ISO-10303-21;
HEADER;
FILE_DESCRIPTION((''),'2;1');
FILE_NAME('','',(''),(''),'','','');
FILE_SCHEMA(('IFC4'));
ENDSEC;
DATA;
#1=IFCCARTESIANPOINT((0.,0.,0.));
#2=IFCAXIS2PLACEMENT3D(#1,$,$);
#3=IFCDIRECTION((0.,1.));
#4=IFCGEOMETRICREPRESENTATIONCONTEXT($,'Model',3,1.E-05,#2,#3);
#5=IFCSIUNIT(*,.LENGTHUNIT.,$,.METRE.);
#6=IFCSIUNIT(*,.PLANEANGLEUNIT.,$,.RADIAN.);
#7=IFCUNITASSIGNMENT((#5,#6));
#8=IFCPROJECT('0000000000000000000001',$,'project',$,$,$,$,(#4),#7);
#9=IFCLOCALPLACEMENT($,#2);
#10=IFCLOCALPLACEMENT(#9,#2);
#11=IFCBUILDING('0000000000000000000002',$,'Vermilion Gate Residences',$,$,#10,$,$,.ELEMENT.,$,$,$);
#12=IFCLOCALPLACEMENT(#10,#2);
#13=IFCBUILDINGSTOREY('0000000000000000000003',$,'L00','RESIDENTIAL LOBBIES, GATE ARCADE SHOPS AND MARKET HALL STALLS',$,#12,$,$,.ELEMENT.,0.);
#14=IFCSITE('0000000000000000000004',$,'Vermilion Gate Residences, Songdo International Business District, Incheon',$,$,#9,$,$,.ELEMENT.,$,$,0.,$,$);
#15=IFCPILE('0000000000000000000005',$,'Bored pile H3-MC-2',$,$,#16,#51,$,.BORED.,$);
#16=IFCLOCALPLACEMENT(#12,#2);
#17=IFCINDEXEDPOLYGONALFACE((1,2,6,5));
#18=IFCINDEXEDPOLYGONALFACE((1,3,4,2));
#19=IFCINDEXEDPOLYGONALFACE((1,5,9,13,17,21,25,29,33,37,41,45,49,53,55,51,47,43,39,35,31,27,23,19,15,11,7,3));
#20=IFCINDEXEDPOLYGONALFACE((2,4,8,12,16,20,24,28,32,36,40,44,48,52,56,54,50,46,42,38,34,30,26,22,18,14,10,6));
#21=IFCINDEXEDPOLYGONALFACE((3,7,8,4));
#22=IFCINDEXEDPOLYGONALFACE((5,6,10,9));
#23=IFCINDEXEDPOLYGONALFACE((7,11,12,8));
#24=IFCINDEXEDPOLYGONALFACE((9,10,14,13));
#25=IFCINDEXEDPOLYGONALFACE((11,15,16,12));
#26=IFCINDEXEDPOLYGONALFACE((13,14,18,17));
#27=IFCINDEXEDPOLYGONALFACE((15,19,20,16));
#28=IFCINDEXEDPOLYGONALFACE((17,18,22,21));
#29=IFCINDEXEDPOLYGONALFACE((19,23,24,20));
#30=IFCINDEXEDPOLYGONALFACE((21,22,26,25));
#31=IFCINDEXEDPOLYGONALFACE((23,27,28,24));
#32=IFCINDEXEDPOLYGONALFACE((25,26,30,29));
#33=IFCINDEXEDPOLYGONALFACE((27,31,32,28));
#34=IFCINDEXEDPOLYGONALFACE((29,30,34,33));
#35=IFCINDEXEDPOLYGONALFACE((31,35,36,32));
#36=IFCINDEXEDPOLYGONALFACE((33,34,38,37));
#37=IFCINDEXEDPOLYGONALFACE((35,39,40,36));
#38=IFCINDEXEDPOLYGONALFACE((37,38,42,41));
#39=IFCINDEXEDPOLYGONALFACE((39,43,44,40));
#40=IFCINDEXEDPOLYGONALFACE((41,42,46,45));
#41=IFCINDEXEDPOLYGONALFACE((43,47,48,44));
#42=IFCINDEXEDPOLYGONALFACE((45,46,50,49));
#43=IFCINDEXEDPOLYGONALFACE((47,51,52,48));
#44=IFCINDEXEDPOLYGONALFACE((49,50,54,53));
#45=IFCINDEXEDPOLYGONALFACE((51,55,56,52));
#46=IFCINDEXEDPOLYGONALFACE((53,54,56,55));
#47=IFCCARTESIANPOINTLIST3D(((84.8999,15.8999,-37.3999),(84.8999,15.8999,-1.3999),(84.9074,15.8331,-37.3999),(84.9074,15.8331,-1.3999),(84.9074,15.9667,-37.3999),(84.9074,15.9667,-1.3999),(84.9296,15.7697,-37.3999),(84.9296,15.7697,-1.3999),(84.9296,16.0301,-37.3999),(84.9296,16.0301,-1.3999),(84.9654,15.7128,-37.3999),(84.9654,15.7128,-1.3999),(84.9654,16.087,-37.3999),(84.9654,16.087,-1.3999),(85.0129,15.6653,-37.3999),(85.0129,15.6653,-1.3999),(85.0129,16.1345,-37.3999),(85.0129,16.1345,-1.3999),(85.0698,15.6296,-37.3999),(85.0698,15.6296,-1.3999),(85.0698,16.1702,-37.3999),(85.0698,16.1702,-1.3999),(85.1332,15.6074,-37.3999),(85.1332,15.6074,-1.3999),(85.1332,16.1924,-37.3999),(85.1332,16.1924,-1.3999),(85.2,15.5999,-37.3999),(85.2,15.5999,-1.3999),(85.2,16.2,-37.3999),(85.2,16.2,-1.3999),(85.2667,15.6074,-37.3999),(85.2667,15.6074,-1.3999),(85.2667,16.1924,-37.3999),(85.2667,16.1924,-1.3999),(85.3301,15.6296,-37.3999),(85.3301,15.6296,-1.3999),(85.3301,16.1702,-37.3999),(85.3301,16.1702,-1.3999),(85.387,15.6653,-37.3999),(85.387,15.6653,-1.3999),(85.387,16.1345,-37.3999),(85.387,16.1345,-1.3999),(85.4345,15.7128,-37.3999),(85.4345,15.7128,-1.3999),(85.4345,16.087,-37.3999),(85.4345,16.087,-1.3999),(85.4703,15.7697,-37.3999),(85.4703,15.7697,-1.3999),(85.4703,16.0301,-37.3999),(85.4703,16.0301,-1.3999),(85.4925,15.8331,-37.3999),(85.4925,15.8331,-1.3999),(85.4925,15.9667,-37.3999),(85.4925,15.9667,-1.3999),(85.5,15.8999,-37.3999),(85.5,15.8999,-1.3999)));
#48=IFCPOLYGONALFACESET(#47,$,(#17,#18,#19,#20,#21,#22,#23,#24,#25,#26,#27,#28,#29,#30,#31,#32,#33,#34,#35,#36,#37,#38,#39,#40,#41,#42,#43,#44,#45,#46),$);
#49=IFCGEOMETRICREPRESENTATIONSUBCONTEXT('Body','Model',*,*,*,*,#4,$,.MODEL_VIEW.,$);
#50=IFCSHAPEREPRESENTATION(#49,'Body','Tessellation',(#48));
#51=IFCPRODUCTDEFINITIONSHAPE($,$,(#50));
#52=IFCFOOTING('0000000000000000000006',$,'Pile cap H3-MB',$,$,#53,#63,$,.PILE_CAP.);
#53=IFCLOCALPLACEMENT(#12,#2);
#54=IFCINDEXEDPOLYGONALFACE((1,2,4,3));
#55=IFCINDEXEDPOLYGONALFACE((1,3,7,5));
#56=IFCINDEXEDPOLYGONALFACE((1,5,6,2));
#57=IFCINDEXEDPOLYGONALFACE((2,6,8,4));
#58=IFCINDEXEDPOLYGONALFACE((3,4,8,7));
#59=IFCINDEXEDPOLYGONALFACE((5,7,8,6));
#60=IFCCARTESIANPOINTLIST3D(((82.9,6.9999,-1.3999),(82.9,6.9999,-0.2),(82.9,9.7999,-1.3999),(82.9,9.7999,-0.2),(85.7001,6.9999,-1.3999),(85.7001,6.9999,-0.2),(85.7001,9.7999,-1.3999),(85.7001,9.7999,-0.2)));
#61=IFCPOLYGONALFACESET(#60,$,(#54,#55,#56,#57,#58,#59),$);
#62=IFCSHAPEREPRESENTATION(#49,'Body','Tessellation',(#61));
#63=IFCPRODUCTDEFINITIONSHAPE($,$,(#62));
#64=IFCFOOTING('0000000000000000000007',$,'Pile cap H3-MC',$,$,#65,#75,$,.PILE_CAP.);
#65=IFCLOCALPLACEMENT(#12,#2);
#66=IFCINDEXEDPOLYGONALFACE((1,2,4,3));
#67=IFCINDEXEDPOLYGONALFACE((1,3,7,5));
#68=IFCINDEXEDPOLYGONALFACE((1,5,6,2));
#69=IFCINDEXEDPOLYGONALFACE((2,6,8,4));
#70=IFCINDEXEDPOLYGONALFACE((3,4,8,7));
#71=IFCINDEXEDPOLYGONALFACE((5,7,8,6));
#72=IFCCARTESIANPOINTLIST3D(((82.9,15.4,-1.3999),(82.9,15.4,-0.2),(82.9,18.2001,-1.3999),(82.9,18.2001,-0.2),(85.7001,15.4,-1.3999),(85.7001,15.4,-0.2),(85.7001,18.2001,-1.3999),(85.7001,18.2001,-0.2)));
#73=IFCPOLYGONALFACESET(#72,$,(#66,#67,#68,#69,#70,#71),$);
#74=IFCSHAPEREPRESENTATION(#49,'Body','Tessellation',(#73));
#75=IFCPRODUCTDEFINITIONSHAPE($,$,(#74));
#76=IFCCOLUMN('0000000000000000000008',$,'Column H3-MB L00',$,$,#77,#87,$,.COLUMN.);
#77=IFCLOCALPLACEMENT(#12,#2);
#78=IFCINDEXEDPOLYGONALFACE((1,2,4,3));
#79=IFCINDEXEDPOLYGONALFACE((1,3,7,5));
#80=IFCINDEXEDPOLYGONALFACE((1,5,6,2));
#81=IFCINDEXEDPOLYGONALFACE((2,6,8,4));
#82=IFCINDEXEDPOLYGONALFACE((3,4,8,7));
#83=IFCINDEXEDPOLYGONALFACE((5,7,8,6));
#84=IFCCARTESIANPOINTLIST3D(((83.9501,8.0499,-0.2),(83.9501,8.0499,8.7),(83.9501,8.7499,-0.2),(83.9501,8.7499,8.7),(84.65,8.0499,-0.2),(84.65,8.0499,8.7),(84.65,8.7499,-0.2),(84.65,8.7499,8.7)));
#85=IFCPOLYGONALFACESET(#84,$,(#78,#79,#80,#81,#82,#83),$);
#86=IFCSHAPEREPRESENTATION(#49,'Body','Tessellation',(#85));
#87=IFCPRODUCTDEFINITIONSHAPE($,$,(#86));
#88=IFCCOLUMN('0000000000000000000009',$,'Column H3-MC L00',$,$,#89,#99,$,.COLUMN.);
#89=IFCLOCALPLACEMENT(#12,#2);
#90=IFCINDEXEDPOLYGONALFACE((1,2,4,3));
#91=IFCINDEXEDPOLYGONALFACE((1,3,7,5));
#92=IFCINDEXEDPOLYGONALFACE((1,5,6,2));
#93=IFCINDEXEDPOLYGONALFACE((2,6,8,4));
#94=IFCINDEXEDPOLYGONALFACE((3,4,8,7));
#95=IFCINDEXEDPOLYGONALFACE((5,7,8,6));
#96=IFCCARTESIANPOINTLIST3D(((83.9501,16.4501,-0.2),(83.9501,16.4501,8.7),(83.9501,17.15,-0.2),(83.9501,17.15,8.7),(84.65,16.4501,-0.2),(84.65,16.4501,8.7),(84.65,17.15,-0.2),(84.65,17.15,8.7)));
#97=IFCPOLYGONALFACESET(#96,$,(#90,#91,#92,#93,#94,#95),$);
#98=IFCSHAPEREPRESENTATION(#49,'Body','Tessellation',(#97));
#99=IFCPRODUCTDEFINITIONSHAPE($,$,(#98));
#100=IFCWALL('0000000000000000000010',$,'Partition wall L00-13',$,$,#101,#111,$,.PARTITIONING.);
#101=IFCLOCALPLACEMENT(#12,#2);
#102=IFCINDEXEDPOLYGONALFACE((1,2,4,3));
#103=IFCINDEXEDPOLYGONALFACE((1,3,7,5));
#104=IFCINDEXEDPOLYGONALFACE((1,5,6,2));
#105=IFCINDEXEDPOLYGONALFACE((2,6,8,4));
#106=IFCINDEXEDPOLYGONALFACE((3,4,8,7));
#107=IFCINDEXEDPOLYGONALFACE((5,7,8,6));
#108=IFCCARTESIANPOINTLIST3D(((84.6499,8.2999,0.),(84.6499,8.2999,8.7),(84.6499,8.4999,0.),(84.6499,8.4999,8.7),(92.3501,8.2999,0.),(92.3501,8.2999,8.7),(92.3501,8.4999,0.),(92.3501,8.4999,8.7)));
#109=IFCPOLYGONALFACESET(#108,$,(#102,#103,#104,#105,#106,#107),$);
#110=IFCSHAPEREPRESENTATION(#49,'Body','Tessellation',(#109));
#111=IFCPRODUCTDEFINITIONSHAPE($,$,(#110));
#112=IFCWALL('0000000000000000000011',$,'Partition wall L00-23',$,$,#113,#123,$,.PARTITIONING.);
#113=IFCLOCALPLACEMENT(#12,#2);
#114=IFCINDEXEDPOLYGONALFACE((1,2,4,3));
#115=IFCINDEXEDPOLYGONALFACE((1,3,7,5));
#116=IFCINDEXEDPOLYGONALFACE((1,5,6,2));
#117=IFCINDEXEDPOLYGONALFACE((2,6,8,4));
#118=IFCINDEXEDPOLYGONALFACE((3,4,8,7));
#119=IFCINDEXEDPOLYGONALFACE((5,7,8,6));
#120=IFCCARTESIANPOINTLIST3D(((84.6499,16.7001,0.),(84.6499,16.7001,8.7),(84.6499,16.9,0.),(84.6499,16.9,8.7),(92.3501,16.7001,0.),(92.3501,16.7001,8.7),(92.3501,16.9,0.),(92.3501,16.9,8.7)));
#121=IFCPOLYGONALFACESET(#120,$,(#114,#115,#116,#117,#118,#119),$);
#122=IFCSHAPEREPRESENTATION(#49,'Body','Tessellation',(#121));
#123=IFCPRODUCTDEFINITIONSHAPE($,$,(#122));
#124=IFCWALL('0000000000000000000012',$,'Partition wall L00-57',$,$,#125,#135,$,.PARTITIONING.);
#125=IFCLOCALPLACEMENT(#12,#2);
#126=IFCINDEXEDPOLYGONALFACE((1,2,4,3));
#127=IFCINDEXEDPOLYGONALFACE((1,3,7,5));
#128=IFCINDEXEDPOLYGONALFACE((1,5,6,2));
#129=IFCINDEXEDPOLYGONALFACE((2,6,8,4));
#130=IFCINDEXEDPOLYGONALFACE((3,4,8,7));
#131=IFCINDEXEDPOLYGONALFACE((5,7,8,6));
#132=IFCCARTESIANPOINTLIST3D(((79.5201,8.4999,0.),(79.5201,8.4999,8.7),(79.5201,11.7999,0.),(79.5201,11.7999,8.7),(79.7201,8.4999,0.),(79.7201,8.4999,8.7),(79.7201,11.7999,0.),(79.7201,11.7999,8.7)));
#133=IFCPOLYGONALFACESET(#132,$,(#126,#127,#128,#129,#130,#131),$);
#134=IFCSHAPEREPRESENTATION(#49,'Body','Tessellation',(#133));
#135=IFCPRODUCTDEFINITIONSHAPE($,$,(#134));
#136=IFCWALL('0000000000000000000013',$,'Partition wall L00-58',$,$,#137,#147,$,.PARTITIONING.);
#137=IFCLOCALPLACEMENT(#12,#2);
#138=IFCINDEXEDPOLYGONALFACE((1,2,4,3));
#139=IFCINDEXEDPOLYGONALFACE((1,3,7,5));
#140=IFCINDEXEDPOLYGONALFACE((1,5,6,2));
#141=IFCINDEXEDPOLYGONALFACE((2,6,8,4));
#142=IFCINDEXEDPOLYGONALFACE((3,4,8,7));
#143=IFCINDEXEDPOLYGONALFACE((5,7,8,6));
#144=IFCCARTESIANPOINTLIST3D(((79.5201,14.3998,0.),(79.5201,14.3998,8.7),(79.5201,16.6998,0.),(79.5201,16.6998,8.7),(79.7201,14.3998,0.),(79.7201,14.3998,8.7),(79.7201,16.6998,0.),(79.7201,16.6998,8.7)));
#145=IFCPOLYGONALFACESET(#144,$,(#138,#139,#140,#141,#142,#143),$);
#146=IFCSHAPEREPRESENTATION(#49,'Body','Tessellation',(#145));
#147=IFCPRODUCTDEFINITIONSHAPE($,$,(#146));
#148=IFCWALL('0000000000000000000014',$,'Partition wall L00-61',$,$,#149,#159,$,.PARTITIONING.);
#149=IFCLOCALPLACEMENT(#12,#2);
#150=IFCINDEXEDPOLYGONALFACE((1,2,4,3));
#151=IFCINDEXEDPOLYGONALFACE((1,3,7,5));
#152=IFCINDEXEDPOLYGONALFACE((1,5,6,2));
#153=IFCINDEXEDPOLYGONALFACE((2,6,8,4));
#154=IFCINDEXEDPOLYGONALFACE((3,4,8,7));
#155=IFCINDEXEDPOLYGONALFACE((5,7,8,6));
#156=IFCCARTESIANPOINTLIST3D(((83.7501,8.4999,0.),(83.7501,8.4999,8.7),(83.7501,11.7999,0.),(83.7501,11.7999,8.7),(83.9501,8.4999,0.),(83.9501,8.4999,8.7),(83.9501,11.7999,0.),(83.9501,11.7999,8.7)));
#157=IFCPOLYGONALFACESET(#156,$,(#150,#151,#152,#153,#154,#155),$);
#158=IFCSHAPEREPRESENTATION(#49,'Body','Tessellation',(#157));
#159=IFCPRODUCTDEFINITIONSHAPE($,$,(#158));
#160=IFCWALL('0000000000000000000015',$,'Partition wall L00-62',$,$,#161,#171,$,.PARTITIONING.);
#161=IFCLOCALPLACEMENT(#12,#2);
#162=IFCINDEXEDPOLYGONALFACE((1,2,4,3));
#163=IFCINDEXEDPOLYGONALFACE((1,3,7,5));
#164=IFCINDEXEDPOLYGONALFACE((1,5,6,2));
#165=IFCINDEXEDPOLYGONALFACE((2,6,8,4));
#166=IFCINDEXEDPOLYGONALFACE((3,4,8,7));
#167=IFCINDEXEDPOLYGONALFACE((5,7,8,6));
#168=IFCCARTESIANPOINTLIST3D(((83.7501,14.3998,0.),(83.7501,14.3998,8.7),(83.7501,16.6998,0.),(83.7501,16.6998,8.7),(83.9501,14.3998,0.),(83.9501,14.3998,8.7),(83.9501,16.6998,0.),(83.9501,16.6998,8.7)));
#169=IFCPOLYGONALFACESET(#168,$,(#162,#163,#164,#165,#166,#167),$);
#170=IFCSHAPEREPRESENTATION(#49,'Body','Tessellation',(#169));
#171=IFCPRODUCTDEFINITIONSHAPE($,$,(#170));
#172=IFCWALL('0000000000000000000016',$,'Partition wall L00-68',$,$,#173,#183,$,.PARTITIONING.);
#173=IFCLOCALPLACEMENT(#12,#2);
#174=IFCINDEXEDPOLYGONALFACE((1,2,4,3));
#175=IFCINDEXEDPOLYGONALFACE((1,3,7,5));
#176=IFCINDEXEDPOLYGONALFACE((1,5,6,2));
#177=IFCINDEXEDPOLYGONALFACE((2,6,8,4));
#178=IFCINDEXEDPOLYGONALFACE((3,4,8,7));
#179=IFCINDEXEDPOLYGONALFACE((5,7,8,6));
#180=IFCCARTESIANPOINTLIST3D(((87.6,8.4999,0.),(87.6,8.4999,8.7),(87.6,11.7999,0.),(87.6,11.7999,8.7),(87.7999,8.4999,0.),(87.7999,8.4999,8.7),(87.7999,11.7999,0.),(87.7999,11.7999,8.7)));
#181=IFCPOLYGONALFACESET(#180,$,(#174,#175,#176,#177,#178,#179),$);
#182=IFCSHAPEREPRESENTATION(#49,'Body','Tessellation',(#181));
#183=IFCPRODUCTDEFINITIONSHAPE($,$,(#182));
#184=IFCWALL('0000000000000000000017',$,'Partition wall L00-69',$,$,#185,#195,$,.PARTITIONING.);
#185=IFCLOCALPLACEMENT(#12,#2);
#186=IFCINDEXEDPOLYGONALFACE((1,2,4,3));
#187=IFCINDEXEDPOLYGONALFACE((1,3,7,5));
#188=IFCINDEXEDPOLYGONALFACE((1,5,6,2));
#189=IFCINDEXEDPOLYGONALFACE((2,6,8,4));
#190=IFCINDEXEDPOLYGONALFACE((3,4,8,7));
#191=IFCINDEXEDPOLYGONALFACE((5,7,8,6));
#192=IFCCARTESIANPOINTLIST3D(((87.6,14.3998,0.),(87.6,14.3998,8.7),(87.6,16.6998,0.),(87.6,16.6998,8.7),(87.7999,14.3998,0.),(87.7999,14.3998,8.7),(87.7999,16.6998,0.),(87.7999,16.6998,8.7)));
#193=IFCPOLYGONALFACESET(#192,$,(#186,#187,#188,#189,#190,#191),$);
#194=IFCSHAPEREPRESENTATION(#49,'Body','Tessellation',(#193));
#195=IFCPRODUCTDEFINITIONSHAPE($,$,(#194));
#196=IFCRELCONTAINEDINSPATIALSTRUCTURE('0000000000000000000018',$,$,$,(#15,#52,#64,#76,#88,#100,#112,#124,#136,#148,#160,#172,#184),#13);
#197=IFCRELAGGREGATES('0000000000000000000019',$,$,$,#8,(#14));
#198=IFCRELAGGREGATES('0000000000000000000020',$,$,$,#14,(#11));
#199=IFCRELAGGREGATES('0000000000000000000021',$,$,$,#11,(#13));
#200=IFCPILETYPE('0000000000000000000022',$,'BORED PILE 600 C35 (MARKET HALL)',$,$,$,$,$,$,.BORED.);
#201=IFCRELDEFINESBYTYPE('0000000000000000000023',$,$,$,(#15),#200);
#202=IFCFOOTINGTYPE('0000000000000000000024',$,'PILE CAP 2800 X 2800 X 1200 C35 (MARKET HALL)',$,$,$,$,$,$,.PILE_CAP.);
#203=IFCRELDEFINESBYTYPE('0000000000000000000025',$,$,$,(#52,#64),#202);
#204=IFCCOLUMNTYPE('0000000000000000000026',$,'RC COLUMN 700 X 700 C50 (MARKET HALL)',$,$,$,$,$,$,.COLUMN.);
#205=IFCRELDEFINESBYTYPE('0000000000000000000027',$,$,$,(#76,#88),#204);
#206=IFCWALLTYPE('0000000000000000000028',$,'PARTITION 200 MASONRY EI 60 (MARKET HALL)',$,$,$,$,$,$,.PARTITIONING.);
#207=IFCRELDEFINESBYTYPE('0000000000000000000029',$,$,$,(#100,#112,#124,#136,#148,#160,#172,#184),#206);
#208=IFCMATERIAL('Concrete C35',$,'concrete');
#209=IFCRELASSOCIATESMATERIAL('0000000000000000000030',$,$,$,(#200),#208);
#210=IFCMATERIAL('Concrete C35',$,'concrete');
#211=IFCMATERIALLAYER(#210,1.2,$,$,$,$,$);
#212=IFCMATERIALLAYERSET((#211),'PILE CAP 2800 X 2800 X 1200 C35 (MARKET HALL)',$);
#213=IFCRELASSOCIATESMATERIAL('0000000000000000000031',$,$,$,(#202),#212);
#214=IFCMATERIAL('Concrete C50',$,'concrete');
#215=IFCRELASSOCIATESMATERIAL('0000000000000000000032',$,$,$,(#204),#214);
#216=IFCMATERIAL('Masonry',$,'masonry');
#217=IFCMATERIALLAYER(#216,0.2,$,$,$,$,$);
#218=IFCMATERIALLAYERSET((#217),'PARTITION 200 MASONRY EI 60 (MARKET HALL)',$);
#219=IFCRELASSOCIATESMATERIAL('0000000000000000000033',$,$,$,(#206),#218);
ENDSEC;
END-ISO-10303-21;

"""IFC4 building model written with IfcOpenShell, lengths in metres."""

from ifc_helpers import new_model, si_unit, direction, frame, frame_2d, origin, origin_2d, place, context, subcontext, project, spatial, rectangle, circle, extrude, material, layer, layer_set, material_profile, profile_set, type_object, element, save


model = new_model("IFC4")

# Units and contexts
model_context = context("Model", 3, precision=1e-05, world=origin(), true_north=direction((0.0, 1.0)))
body_context = subcontext(model_context, "Body", "Model", "MODEL_VIEW")
ifc_project = project(units=[si_unit("LENGTHUNIT", "METRE"), si_unit("PLANEANGLEUNIT", "RADIAN")], contexts=[model_context])

# Site, building, storey
site_placement = place(None, origin())
site = spatial("IfcSite", under=ifc_project, at=site_placement, Name="Vermilion Gate Residences, Songdo International Business District, Incheon", CompositionType="ELEMENT", RefElevation=0.0)
building_placement = place(site_placement, origin())
building = spatial("IfcBuilding", under=site, at=building_placement, Name="Vermilion Gate Residences", CompositionType="ELEMENT")
storey_placement = place(building_placement, origin())
storey = spatial("IfcBuildingStorey", under=building, at=storey_placement, Name="L00", Description="RESIDENTIAL LOBBIES, GATE ARCADE SHOPS AND MARKET HALL STALLS", CompositionType="ELEMENT", Elevation=0.0)

# Pile
ifc_material_1 = material(Name="Concrete C35", Category="concrete")
ifc_material_profile_1 = material_profile(ifc_material_1, circle(Radius=0.3, at=origin_2d()), Name="BORED PILE 600 C35 (MARKET HALL)")
ifc_profile_set_1 = profile_set([ifc_material_profile_1], Name="Concrete C35")
pile_type = type_object("IfcPileType", Name="BORED PILE 600 C35 (MARKET HALL)", PredefinedType="BORED", material=ifc_profile_set_1)
for number, where, z_axis, x_axis, name in (
    (1, (85.2, 15.8999, -1.3999), (0.0, 0.0, -1.0), (1.0, 0.0, 0.0), "Bored pile H3-MC-2"),
):
    element("IfcPile", number, at=place(storey_placement, frame(where, z_axis=z_axis, x_axis=x_axis)), inside=storey, type_object=pile_type, Name=name, PredefinedType="BORED", context=body_context, shape_type="SweptSolid", body=[
        extrude(circle(Radius=0.3, at=origin_2d()), origin(), (0.0, 0.0, 1.0), 36.0),
    ])

# Footings
ifc_material_2 = material(Name="Concrete C35", Category="concrete")
ifc_layer_1 = layer(ifc_material_2, 1.2)
ifc_layer_set_1 = layer_set([ifc_layer_1], Name="PILE CAP 2800 X 2800 X 1200 C35 (MARKET HALL)")
footing_type = type_object("IfcFootingType", Name="PILE CAP 2800 X 2800 X 1200 C35 (MARKET HALL)", PredefinedType="PILE_CAP", material=ifc_layer_set_1)
for number, where, z_axis, x_axis, name in (
    (2, (84.3, 8.3999, -1.3999), (0.0, 0.0, 1.0), (1.0, 0.0, 0.0), "Pile cap H3-MB"),
    (3, (84.3, 16.8, -1.3999), (0.0, 0.0, 1.0), (1.0, 0.0, 0.0), "Pile cap H3-MC"),
):
    element("IfcFooting", number, at=place(storey_placement, frame(where, z_axis=z_axis, x_axis=x_axis)), inside=storey, type_object=footing_type, Name=name, PredefinedType="PILE_CAP", context=body_context, shape_type="SweptSolid", body=[
        extrude(rectangle(XDim=2.8, YDim=2.8, at=origin_2d()), origin(), (0.0, 0.0, 1.0), 1.2),
    ])

# Columns
ifc_material_3 = material(Name="Concrete C50", Category="concrete")
ifc_material_profile_2 = material_profile(ifc_material_3, rectangle(XDim=0.7, YDim=0.7, at=origin_2d()), Name="RC COLUMN 700 X 700 C50 (MARKET HALL)")
ifc_profile_set_2 = profile_set([ifc_material_profile_2], Name="Concrete C50")
column_type = type_object("IfcColumnType", Name="RC COLUMN 700 X 700 C50 (MARKET HALL)", PredefinedType="COLUMN", material=ifc_profile_set_2)
for number, where, z_axis, x_axis, name in (
    (4, (84.3, 8.3999, -0.2), (0.0, 0.0, 1.0), (1.0, 0.0, 0.0), "Column H3-MB L00"),
    (5, (84.3, 16.8, -0.2), (0.0, 0.0, 1.0), (1.0, 0.0, 0.0), "Column H3-MC L00"),
):
    element("IfcColumn", number, at=place(storey_placement, frame(where, z_axis=z_axis, x_axis=x_axis)), inside=storey, type_object=column_type, Name=name, PredefinedType="COLUMN", context=body_context, shape_type="SweptSolid", body=[
        extrude(rectangle(XDim=0.7, YDim=0.7, at=origin_2d()), origin(), (0.0, 0.0, 1.0), 8.8999),
    ])

# Walls
ifc_material_4 = material(Name="Masonry", Category="masonry")
ifc_layer_2 = layer(ifc_material_4, 0.2)
ifc_layer_set_2 = layer_set([ifc_layer_2], Name="PARTITION 200 MASONRY EI 60 (MARKET HALL)")
wall_type = type_object("IfcWallType", Name="PARTITION 200 MASONRY EI 60 (MARKET HALL)", PredefinedType="PARTITIONING", material=ifc_layer_set_2)
for number, where, z_axis, x_axis, name in (
    (6, (84.6499, 8.3999, 0.0), (0.0, 0.0, 1.0), (1.0, 0.0, 0.0), "Partition wall L00-13"),
    (7, (84.6499, 16.8, 0.0), (0.0, 0.0, 1.0), (1.0, 0.0, 0.0), "Partition wall L00-23"),
):
    element("IfcWall", number, at=place(storey_placement, frame(where, z_axis=z_axis, x_axis=x_axis)), inside=storey, type_object=wall_type, Name=name, PredefinedType="PARTITIONING", context=body_context, shape_type="SweptSolid", body=[
        extrude(rectangle(XDim=7.7002, YDim=0.2, at=frame_2d((3.8501, 0.0))), origin(), (0.0, 0.0, 1.0), 8.7),
    ])
wall_1_placement = place(storey_placement, frame((79.6201, 8.5, 0.0), z_axis=(0.0, 0.0, 1.0), x_axis=(0.0, 1.0, 0.0)))
element("IfcWall", 8, at=wall_1_placement, inside=storey, type_object=wall_type, Name="Partition wall L00-57", PredefinedType="PARTITIONING", context=body_context, shape_type="SweptSolid", body=[
    extrude(rectangle(XDim=3.3, YDim=0.2, at=frame_2d((1.6499, 0.0))), origin(), (0.0, 0.0, 1.0), 8.7),
])
wall_2_placement = place(storey_placement, frame((79.6201, 14.3999, 0.0), z_axis=(0.0, 0.0, 1.0), x_axis=(0.0, 1.0, 0.0)))
element("IfcWall", 9, at=wall_2_placement, inside=storey, type_object=wall_type, Name="Partition wall L00-58", PredefinedType="PARTITIONING", context=body_context, shape_type="SweptSolid", body=[
    extrude(rectangle(XDim=2.3, YDim=0.2, at=frame_2d((1.1499, 0.0))), origin(), (0.0, 0.0, 1.0), 8.7),
])
wall_3_placement = place(storey_placement, frame((83.8501, 8.5, 0.0), z_axis=(0.0, 0.0, 1.0), x_axis=(0.0, 1.0, 0.0)))
element("IfcWall", 10, at=wall_3_placement, inside=storey, type_object=wall_type, Name="Partition wall L00-61", PredefinedType="PARTITIONING", context=body_context, shape_type="SweptSolid", body=[
    extrude(rectangle(XDim=3.3, YDim=0.2, at=frame_2d((1.6499, 0.0))), origin(), (0.0, 0.0, 1.0), 8.7),
])
wall_4_placement = place(storey_placement, frame((83.8501, 14.3999, 0.0), z_axis=(0.0, 0.0, 1.0), x_axis=(0.0, 1.0, 0.0)))
element("IfcWall", 11, at=wall_4_placement, inside=storey, type_object=wall_type, Name="Partition wall L00-62", PredefinedType="PARTITIONING", context=body_context, shape_type="SweptSolid", body=[
    extrude(rectangle(XDim=2.3, YDim=0.2, at=frame_2d((1.1499, 0.0))), origin(), (0.0, 0.0, 1.0), 8.7),
])
wall_5_placement = place(storey_placement, frame((87.7, 8.5, 0.0), z_axis=(0.0, 0.0, 1.0), x_axis=(0.0, 1.0, 0.0)))
element("IfcWall", 12, at=wall_5_placement, inside=storey, type_object=wall_type, Name="Partition wall L00-68", PredefinedType="PARTITIONING", context=body_context, shape_type="SweptSolid", body=[
    extrude(rectangle(XDim=3.3, YDim=0.2, at=frame_2d((1.6499, 0.0))), origin(), (0.0, 0.0, 1.0), 8.7),
])
wall_6_placement = place(storey_placement, frame((87.7, 14.3999, 0.0), z_axis=(0.0, 0.0, 1.0), x_axis=(0.0, 1.0, 0.0)))
element("IfcWall", 13, at=wall_6_placement, inside=storey, type_object=wall_type, Name="Partition wall L00-69", PredefinedType="PARTITIONING", context=body_context, shape_type="SweptSolid", body=[
    extrude(rectangle(XDim=2.3, YDim=0.2, at=frame_2d((1.1499, 0.0))), origin(), (0.0, 0.0, 1.0), 8.7),
])

save(model, "model.ifc")
